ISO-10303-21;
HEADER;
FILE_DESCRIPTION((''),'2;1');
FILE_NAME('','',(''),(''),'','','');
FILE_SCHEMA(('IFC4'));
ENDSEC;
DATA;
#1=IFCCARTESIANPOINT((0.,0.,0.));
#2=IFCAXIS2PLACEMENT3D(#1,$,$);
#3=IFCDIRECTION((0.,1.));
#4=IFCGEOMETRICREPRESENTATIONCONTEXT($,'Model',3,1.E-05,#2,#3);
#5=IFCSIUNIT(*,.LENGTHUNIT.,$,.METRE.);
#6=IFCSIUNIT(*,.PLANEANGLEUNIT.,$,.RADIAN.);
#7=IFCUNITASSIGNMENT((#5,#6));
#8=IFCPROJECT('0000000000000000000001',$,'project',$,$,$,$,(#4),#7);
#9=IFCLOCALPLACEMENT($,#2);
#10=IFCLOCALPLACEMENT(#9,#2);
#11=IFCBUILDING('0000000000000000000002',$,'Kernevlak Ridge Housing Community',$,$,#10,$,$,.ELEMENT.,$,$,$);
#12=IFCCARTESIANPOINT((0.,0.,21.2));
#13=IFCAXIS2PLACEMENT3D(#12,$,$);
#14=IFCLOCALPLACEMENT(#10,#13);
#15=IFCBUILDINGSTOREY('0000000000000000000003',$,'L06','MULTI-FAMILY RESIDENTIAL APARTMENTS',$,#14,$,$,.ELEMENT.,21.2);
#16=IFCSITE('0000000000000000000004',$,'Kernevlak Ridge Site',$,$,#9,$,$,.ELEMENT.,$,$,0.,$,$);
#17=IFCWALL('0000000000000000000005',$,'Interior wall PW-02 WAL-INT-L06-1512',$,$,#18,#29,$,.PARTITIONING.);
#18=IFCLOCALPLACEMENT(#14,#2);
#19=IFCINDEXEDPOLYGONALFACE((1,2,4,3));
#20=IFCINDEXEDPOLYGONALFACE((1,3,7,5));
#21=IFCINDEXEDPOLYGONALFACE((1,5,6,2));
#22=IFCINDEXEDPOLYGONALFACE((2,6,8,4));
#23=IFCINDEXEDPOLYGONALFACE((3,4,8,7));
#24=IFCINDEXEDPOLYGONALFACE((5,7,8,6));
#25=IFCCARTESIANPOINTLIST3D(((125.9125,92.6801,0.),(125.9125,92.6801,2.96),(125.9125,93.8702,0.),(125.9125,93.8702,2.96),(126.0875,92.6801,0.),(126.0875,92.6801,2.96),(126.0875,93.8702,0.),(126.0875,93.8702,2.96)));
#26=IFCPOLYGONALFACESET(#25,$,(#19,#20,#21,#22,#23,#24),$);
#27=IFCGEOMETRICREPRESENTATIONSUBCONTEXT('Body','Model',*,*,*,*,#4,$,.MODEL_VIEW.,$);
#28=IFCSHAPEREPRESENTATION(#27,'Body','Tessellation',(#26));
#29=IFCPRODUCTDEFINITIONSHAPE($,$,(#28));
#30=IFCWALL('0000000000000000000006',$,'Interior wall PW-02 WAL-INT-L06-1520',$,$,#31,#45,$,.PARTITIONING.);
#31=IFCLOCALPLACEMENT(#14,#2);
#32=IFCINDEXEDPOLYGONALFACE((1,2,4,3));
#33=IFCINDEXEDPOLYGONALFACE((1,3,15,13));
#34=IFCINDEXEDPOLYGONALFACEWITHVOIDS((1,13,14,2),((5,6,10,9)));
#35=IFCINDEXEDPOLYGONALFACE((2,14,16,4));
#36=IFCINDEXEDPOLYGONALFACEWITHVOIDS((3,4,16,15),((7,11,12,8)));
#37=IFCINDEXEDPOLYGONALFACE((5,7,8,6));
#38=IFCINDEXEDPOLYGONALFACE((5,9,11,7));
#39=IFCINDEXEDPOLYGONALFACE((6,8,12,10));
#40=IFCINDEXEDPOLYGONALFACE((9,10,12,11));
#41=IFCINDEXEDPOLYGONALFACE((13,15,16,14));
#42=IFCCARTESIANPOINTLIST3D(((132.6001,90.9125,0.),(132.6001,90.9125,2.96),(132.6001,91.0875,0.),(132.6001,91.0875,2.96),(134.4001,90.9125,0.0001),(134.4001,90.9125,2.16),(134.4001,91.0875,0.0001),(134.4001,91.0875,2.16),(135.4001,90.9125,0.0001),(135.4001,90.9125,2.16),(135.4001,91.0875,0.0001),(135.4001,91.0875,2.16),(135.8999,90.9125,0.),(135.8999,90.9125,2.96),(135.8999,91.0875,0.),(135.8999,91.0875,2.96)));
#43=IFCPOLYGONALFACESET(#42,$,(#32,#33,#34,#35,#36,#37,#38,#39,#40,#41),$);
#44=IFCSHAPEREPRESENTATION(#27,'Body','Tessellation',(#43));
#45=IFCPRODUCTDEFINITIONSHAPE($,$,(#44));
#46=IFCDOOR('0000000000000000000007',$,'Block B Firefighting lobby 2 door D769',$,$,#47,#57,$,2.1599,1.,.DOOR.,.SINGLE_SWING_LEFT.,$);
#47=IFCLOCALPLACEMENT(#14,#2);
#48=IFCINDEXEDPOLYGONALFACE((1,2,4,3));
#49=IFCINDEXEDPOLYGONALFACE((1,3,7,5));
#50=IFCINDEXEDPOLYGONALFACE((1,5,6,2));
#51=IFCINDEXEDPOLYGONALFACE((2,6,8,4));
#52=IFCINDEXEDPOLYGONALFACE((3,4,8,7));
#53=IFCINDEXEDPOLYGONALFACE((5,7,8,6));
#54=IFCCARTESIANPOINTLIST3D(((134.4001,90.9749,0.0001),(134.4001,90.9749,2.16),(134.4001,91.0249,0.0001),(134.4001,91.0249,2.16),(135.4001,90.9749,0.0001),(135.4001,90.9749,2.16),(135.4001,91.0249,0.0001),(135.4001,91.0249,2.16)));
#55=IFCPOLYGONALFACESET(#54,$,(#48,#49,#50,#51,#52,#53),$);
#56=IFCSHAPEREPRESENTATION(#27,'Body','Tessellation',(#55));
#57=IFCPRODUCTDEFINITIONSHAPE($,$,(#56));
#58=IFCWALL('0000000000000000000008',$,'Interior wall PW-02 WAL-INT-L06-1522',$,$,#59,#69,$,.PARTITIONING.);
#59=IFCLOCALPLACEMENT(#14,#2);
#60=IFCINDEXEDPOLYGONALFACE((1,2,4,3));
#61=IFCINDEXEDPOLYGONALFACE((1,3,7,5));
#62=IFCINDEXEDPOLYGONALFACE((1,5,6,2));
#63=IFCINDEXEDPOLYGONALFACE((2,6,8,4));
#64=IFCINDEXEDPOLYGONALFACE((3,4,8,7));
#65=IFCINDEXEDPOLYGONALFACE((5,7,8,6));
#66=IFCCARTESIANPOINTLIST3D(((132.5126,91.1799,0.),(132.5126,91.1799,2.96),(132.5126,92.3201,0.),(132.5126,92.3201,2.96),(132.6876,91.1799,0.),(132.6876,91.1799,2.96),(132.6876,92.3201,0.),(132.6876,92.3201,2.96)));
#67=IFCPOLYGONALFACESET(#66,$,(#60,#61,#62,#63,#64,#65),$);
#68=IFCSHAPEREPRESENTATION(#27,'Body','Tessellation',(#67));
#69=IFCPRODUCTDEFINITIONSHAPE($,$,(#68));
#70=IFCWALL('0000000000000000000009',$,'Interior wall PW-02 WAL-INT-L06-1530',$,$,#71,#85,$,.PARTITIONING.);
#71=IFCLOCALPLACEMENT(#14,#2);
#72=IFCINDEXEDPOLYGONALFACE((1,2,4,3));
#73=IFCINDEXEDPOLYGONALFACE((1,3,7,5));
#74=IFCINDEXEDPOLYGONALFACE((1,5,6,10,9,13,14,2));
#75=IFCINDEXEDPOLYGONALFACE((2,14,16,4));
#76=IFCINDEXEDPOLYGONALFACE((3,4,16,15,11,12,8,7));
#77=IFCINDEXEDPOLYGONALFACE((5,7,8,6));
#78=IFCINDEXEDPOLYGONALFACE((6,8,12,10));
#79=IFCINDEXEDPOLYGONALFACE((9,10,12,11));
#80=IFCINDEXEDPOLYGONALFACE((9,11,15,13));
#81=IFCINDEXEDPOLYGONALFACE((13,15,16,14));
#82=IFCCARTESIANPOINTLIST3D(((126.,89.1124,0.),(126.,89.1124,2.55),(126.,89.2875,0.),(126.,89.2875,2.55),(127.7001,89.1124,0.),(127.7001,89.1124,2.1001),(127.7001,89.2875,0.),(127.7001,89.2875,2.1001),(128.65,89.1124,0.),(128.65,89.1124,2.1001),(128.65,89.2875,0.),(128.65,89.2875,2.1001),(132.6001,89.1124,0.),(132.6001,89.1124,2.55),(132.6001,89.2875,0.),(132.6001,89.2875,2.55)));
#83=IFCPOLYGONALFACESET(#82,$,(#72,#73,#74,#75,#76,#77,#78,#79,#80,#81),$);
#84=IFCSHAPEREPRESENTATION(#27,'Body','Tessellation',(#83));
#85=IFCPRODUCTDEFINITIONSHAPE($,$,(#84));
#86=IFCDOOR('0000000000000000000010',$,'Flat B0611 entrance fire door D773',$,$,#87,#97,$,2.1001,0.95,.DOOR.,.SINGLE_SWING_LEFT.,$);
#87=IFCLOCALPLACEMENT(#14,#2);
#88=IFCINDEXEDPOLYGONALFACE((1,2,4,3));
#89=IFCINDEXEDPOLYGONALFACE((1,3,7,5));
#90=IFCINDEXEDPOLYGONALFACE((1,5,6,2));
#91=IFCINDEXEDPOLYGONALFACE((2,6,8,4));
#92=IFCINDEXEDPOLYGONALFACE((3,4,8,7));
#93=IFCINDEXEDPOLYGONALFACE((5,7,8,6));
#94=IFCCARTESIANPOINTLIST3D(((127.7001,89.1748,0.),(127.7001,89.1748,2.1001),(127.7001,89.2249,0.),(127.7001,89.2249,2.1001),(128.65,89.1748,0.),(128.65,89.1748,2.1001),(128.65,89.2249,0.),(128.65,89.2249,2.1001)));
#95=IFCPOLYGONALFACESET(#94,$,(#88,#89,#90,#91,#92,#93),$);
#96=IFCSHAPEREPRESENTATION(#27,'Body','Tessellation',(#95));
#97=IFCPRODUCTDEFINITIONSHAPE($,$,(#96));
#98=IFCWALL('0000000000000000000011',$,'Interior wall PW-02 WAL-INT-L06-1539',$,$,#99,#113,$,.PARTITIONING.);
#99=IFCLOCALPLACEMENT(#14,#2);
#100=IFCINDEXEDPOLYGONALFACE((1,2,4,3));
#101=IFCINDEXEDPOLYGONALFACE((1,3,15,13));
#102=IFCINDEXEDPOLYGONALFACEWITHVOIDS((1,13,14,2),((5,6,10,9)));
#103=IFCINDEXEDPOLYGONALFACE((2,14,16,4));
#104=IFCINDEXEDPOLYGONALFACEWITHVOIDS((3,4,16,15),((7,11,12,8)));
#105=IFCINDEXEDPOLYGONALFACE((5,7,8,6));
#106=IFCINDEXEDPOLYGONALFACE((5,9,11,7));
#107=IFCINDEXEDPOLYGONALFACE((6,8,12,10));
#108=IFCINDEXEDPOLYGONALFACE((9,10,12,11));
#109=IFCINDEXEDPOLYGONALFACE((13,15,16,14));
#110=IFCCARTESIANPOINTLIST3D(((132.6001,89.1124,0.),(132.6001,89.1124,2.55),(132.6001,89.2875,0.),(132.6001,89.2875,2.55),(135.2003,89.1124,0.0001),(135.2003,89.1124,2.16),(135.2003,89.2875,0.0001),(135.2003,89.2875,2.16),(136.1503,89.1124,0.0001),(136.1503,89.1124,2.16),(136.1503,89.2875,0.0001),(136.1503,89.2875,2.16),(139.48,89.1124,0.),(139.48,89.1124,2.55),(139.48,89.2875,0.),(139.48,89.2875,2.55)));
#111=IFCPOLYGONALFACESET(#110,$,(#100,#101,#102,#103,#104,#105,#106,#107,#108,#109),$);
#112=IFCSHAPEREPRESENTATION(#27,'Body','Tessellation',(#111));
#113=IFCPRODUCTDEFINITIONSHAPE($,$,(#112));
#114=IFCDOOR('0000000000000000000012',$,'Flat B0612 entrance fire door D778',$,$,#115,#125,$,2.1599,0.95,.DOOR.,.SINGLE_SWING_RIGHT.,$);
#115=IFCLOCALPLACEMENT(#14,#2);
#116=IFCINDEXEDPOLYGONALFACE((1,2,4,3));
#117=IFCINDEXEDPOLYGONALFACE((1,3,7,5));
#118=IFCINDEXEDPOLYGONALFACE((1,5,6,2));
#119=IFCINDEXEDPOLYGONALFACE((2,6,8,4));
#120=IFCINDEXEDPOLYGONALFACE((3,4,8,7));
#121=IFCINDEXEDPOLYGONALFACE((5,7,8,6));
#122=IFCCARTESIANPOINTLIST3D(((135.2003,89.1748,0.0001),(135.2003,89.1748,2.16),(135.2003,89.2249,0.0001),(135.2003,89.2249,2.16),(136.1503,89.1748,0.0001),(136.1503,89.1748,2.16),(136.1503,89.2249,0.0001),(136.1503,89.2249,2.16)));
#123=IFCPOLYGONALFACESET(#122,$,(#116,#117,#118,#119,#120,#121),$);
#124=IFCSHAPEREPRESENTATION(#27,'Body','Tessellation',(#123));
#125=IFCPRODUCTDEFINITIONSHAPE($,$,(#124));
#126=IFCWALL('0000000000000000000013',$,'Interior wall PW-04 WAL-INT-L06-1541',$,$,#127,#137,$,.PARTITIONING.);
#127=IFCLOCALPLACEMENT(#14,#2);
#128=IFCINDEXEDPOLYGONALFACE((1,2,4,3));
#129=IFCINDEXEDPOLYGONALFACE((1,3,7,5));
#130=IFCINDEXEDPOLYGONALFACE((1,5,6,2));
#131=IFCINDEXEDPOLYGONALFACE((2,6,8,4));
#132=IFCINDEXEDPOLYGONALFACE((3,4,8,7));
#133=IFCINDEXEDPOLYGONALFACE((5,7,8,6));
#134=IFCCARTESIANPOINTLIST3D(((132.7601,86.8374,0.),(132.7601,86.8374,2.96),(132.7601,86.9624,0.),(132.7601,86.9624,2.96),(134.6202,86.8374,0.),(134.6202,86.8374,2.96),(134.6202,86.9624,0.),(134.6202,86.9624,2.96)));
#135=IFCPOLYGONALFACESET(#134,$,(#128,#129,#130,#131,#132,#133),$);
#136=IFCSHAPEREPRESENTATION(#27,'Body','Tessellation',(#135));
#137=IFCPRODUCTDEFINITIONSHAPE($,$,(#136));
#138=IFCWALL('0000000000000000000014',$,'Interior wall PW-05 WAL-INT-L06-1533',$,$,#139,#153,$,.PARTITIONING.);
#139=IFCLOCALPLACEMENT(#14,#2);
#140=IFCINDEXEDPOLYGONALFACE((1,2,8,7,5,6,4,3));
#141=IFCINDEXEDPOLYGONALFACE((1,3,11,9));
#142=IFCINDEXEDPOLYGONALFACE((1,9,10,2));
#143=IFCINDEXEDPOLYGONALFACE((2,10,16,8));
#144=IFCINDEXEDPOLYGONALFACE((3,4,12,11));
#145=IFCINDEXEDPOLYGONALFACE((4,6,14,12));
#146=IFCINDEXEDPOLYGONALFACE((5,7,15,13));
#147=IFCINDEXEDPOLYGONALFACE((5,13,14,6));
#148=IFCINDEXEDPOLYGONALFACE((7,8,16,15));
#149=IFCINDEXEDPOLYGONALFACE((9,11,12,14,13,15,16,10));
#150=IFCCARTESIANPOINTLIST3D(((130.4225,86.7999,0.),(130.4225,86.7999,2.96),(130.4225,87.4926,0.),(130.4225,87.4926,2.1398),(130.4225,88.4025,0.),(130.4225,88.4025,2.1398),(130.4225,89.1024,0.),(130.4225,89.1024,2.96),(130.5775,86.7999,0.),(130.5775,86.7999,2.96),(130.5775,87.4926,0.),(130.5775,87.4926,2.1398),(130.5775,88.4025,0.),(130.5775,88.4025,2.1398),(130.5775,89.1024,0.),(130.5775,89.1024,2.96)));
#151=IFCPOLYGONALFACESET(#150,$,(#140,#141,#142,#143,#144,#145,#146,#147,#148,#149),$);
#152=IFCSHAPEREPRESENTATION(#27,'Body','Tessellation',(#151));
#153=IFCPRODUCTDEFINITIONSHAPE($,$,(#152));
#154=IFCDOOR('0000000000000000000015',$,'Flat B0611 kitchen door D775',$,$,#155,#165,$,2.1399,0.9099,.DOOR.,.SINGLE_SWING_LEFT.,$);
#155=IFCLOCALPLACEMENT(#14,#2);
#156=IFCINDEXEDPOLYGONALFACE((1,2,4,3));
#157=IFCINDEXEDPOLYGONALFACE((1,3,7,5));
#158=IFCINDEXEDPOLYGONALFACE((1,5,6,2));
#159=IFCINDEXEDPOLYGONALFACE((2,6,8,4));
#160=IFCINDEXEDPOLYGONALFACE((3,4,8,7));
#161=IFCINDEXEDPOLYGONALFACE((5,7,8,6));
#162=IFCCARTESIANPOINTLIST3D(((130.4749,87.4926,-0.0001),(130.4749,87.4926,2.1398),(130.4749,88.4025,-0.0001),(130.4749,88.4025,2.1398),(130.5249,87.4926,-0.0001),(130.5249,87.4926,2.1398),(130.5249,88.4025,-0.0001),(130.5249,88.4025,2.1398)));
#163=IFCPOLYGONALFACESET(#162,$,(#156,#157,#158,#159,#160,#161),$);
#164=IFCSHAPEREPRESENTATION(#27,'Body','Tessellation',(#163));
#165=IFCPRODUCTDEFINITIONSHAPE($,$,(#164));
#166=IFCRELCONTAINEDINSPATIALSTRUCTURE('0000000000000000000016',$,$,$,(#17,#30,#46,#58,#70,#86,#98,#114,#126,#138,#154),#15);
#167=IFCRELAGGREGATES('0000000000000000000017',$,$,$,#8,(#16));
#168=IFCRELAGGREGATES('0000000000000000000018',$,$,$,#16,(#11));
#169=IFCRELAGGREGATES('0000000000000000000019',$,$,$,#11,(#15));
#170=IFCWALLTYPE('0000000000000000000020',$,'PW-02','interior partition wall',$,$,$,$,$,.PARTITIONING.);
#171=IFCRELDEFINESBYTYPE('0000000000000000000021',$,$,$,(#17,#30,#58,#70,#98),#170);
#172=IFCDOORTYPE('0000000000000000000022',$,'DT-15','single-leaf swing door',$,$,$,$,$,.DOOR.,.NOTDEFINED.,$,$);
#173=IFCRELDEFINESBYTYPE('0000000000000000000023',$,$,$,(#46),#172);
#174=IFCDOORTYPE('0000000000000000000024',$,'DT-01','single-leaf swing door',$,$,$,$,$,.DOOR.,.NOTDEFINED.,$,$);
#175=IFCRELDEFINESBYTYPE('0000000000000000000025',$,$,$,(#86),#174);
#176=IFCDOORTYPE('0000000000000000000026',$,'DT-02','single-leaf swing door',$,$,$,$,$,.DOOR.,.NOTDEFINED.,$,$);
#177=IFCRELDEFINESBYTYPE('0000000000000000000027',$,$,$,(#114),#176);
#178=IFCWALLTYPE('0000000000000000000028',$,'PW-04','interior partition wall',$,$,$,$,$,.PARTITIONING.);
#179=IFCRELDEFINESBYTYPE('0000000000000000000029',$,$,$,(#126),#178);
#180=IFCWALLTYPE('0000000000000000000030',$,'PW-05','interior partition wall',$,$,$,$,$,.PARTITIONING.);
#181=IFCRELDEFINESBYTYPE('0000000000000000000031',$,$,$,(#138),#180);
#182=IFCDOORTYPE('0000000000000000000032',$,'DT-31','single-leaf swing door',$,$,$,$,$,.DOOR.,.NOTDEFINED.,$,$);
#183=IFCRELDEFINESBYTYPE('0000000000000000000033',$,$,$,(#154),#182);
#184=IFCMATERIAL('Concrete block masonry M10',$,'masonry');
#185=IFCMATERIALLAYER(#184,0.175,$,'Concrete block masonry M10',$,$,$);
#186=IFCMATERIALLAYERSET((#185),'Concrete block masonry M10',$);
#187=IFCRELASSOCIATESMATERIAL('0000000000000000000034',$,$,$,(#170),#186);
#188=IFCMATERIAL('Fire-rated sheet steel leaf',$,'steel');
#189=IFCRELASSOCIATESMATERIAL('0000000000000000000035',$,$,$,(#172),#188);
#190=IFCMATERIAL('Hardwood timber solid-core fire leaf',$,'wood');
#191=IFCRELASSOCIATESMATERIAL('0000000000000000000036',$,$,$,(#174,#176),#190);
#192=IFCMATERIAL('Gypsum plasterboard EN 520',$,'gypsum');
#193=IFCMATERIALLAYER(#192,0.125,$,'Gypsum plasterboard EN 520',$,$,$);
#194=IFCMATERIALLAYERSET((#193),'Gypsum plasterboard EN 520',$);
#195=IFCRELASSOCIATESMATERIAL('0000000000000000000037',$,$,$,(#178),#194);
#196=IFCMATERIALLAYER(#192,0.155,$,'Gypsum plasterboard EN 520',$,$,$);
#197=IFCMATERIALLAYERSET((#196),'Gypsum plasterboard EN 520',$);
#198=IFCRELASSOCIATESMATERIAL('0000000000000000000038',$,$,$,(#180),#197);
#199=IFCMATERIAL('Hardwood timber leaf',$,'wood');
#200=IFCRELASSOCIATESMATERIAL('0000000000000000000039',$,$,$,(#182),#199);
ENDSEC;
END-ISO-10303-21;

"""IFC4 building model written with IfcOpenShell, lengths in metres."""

from ifc_helpers import new_model, si_unit, direction, frame, frame_2d, origin, place, context, subcontext, project, spatial, rectangle, extrude, material, layer, layer_set, type_object, element, fill, save


model = new_model("IFC4")

# Units and contexts
model_context = context("Model", 3, precision=1e-05, world=origin(), true_north=direction((0.0, 1.0)))
body_context = subcontext(model_context, "Body", "Model", "MODEL_VIEW")
ifc_project = project(units=[si_unit("LENGTHUNIT", "METRE"), si_unit("PLANEANGLEUNIT", "RADIAN")], contexts=[model_context])

# Site, building, storey
site_placement = place(None, origin())
site = spatial("IfcSite", under=ifc_project, at=site_placement, Name="Kernevlak Ridge Site", CompositionType="ELEMENT", RefElevation=0.0)
building_placement = place(site_placement, origin())
building = spatial("IfcBuilding", under=site, at=building_placement, Name="Kernevlak Ridge Housing Community", CompositionType="ELEMENT")
storey_placement = place(building_placement, frame((0.0, 0.0, 21.2)))
storey = spatial("IfcBuildingStorey", under=building, at=storey_placement, Name="L06", Description="MULTI-FAMILY RESIDENTIAL APARTMENTS", CompositionType="ELEMENT", Elevation=21.2)

# Shared definitions
ifc_material_1 = material(Name="Fire-rated sheet steel leaf", Category="steel")

# Wall
ifc_material_2 = material(Name="Concrete block masonry M10", Category="masonry")
ifc_layer_1 = layer(ifc_material_2, 0.175, Name="Concrete block masonry M10")
ifc_layer_set_1 = layer_set([ifc_layer_1], Name="Concrete block masonry M10")
wall_type_1 = type_object("IfcWallType", Name="PW-02", Description="interior partition wall", PredefinedType="PARTITIONING", material=ifc_layer_set_1)
wall_1_placement = place(storey_placement, frame((126.0, 92.6799, 0.0), z_axis=(0.0, 0.0, 1.0), x_axis=(0.0, 1.0, 0.0)))
element("IfcWall", 1, at=wall_1_placement, inside=storey, type_object=wall_type_1, Name="Interior wall PW-02 WAL-INT-L06-1512", PredefinedType="PARTITIONING", context=body_context, shape_type="SweptSolid", body=[
    extrude(rectangle(XDim=1.1902, YDim=0.175, at=frame_2d((0.5952, 0.0))), origin(), (0.0, 0.0, 1.0), 2.96),
])

# Wall, opening, door
wall_2_placement = place(storey_placement, frame((132.6001, 91.0, 0.0), z_axis=(0.0, 0.0, 1.0), x_axis=(1.0, 0.0, 0.0)))
wall_2 = element("IfcWall", 2, at=wall_2_placement, inside=storey, type_object=wall_type_1, Name="Interior wall PW-02 WAL-INT-L06-1520", PredefinedType="PARTITIONING", context=body_context, shape_type="SweptSolid", body=[
    extrude(rectangle(XDim=3.2998, YDim=0.175, at=frame_2d((1.6499, 0.0))), origin(), (0.0, 0.0, 1.0), 2.96),
])
opening_1_placement = place(wall_2_placement, frame((1.8, 0.0, 0.0)))
opening_1 = element("IfcOpeningElement", 3, at=opening_1_placement, cuts=wall_2, PredefinedType="OPENING", context=body_context, shape_type="SweptSolid", body=[
    extrude(rectangle(XDim=1.0, YDim=2.1599, at=frame_2d((0.5, 1.0801))), frame((0.0, 0.0974, 0.0), z_axis=(0.0, -1.0, 0.0), x_axis=(1.0, 0.0, 0.0)), (0.0, 0.0, 1.0), 0.1951),
])
door_type_1 = type_object("IfcDoorType", Name="DT-15", Description="single-leaf swing door", OperationType="NOTDEFINED", PredefinedType="DOOR", material=ifc_material_1)
door_1_placement = place(opening_1_placement, origin())
door_1 = element("IfcDoor", 4, at=door_1_placement, inside=storey, type_object=door_type_1, Name="Block B Firefighting lobby 2 door D769", OperationType="SINGLE_SWING_LEFT", OverallHeight=2.1599, OverallWidth=1.0, PredefinedType="DOOR", context=body_context, shape_type="SweptSolid", body=[
    extrude(rectangle(XDim=1.0, YDim=2.1599, at=frame_2d((0.5, 1.0801))), frame((0.0, 0.0249, 0.0), z_axis=(0.0, -1.0, 0.0), x_axis=(1.0, 0.0, 0.0)), (0.0, 0.0, 1.0), 0.05),
])
fill(opening_1, door_1)

# Wall
wall_3_placement = place(storey_placement, frame((132.6001, 91.1799, 0.0), z_axis=(0.0, 0.0, 1.0), x_axis=(0.0, 1.0, 0.0)))
element("IfcWall", 5, at=wall_3_placement, inside=storey, type_object=wall_type_1, Name="Interior wall PW-02 WAL-INT-L06-1522", PredefinedType="PARTITIONING", context=body_context, shape_type="SweptSolid", body=[
    extrude(rectangle(XDim=1.1401, YDim=0.175, at=frame_2d((0.5701, 0.0))), origin(), (0.0, 0.0, 1.0), 2.96),
])

# Walls, openings, doors
wall_4_placement = place(storey_placement, frame((126.0, 89.2, 0.0), z_axis=(0.0, 0.0, 1.0), x_axis=(1.0, 0.0, 0.0)))
wall_4 = element("IfcWall", 6, at=wall_4_placement, inside=storey, type_object=wall_type_1, Name="Interior wall PW-02 WAL-INT-L06-1530", PredefinedType="PARTITIONING", context=body_context, shape_type="SweptSolid", body=[
    extrude(rectangle(XDim=6.6001, YDim=0.175, at=frame_2d((3.3, 0.0))), origin(), (0.0, 0.0, 1.0), 2.55),
])
opening_2_placement = place(wall_4_placement, frame((1.7, 0.0, 0.0)))
opening_2 = element("IfcOpeningElement", 7, at=opening_2_placement, cuts=wall_4, PredefinedType="OPENING", context=body_context, shape_type="SweptSolid", body=[
    extrude(rectangle(XDim=0.95, YDim=2.1001, at=frame_2d((0.4751, 1.05))), frame((0.0, 0.0974, 0.0), z_axis=(0.0, -1.0, 0.0), x_axis=(1.0, 0.0, 0.0)), (0.0, 0.0, 1.0), 0.1951),
])
ifc_material_3 = material(Name="Hardwood timber solid-core fire leaf", Category="wood")
door_type_2 = type_object("IfcDoorType", Name="DT-01", Description="single-leaf swing door", OperationType="NOTDEFINED", PredefinedType="DOOR", material=ifc_material_3)
door_2_placement = place(opening_2_placement, origin())
door_2 = element("IfcDoor", 8, at=door_2_placement, inside=storey, type_object=door_type_2, Name="Flat B0611 entrance fire door D773", OperationType="SINGLE_SWING_LEFT", OverallHeight=2.1001, OverallWidth=0.95, PredefinedType="DOOR", context=body_context, shape_type="SweptSolid", body=[
    extrude(rectangle(XDim=0.95, YDim=2.1001, at=frame_2d((0.4751, 1.05))), frame((0.0, 0.0249, 0.0), z_axis=(0.0, -1.0, 0.0), x_axis=(1.0, 0.0, 0.0)), (0.0, 0.0, 1.0), 0.05),
])
fill(opening_2, door_2)
wall_5_placement = place(storey_placement, frame((132.6001, 89.2, 0.0), z_axis=(0.0, 0.0, 1.0), x_axis=(1.0, 0.0, 0.0)))
wall_5 = element("IfcWall", 9, at=wall_5_placement, inside=storey, type_object=wall_type_1, Name="Interior wall PW-02 WAL-INT-L06-1539", PredefinedType="PARTITIONING", context=body_context, shape_type="SweptSolid", body=[
    extrude(rectangle(XDim=6.8799, YDim=0.175, at=frame_2d((3.4399, 0.0))), origin(), (0.0, 0.0, 1.0), 2.55),
])
opening_3_placement = place(wall_5_placement, frame((2.6001, 0.0, 0.0)))
opening_3 = element("IfcOpeningElement", 10, at=opening_3_placement, cuts=wall_5, PredefinedType="OPENING", context=body_context, shape_type="SweptSolid", body=[
    extrude(rectangle(XDim=0.95, YDim=2.1599, at=frame_2d((0.4751, 1.0801))), frame((0.0, 0.0974, 0.0), z_axis=(0.0, -1.0, 0.0), x_axis=(1.0, 0.0, 0.0)), (0.0, 0.0, 1.0), 0.1951),
])
door_type_3 = type_object("IfcDoorType", Name="DT-02", Description="single-leaf swing door", OperationType="NOTDEFINED", PredefinedType="DOOR", material=ifc_material_3)
door_3_placement = place(opening_3_placement, origin())
door_3 = element("IfcDoor", 11, at=door_3_placement, inside=storey, type_object=door_type_3, Name="Flat B0612 entrance fire door D778", OperationType="SINGLE_SWING_RIGHT", OverallHeight=2.1599, OverallWidth=0.95, PredefinedType="DOOR", context=body_context, shape_type="SweptSolid", body=[
    extrude(rectangle(XDim=0.95, YDim=2.1599, at=frame_2d((0.4751, 1.0801))), frame((0.0, 0.0249, 0.0), z_axis=(0.0, -1.0, 0.0), x_axis=(1.0, 0.0, 0.0)), (0.0, 0.0, 1.0), 0.05),
])
fill(opening_3, door_3)

# Wall
ifc_material_4 = material(Name="Gypsum plasterboard EN 520", Category="gypsum")
ifc_layer_2 = layer(ifc_material_4, 0.125, Name="Gypsum plasterboard EN 520")
ifc_layer_set_2 = layer_set([ifc_layer_2], Name="Gypsum plasterboard EN 520")
wall_type_2 = type_object("IfcWallType", Name="PW-04", Description="interior partition wall", PredefinedType="PARTITIONING", material=ifc_layer_set_2)
wall_6_placement = place(storey_placement, frame((132.76, 86.8999, 0.0), z_axis=(0.0, 0.0, 1.0), x_axis=(1.0, 0.0, 0.0)))
element("IfcWall", 12, at=wall_6_placement, inside=storey, type_object=wall_type_2, Name="Interior wall PW-04 WAL-INT-L06-1541", PredefinedType="PARTITIONING", context=body_context, shape_type="SweptSolid", body=[
    extrude(rectangle(XDim=1.8601, YDim=0.125, at=frame_2d((0.9302, 0.0))), origin(), (0.0, 0.0, 1.0), 2.96),
])

# Wall, opening, door
ifc_layer_3 = layer(ifc_material_4, 0.155, Name="Gypsum plasterboard EN 520")
ifc_layer_set_3 = layer_set([ifc_layer_3], Name="Gypsum plasterboard EN 520")
wall_type_3 = type_object("IfcWallType", Name="PW-05", Description="interior partition wall", PredefinedType="PARTITIONING", material=ifc_layer_set_3)
wall_7_placement = place(storey_placement, frame((130.5, 89.1025, 0.0), z_axis=(0.0, 0.0, 1.0), x_axis=(0.0, -1.0, 0.0)))
wall_7 = element("IfcWall", 13, at=wall_7_placement, inside=storey, type_object=wall_type_3, Name="Interior wall PW-05 WAL-INT-L06-1533", PredefinedType="PARTITIONING", context=body_context, shape_type="SweptSolid", body=[
    extrude(rectangle(XDim=2.3025, YDim=0.155, at=frame_2d((1.1514, 0.0))), origin(), (0.0, 0.0, 1.0), 2.96),
])
opening_4_placement = place(wall_7_placement, frame((0.7, 0.0, 0.0)))
opening_4 = element("IfcOpeningElement", 14, at=opening_4_placement, cuts=wall_7, PredefinedType="OPENING", context=body_context, shape_type="SweptSolid", body=[
    extrude(rectangle(XDim=0.9099, YDim=2.1399, at=frame_2d((0.4551, 1.0698))), frame((0.0, 0.0874, 0.0), z_axis=(0.0, -1.0, 0.0), x_axis=(1.0, 0.0, 0.0)), (0.0, 0.0, 1.0), 0.175),
])
ifc_material_5 = material(Name="Hardwood timber leaf", Category="wood")
door_type_4 = type_object("IfcDoorType", Name="DT-31", Description="single-leaf swing door", OperationType="NOTDEFINED", PredefinedType="DOOR", material=ifc_material_5)
door_4_placement = place(opening_4_placement, origin())
door_4 = element("IfcDoor", 15, at=door_4_placement, inside=storey, type_object=door_type_4, Name="Flat B0611 kitchen door D775", OperationType="SINGLE_SWING_LEFT", OverallHeight=2.1399, OverallWidth=0.9099, PredefinedType="DOOR", context=body_context, shape_type="SweptSolid", body=[
    extrude(rectangle(XDim=0.9099, YDim=2.1399, at=frame_2d((0.4551, 1.0698))), frame((0.0, 0.0249, 0.0), z_axis=(0.0, -1.0, 0.0), x_axis=(1.0, 0.0, 0.0)), (0.0, 0.0, 1.0), 0.05),
])
fill(opening_4, door_4)

save(model, "model.ifc")
